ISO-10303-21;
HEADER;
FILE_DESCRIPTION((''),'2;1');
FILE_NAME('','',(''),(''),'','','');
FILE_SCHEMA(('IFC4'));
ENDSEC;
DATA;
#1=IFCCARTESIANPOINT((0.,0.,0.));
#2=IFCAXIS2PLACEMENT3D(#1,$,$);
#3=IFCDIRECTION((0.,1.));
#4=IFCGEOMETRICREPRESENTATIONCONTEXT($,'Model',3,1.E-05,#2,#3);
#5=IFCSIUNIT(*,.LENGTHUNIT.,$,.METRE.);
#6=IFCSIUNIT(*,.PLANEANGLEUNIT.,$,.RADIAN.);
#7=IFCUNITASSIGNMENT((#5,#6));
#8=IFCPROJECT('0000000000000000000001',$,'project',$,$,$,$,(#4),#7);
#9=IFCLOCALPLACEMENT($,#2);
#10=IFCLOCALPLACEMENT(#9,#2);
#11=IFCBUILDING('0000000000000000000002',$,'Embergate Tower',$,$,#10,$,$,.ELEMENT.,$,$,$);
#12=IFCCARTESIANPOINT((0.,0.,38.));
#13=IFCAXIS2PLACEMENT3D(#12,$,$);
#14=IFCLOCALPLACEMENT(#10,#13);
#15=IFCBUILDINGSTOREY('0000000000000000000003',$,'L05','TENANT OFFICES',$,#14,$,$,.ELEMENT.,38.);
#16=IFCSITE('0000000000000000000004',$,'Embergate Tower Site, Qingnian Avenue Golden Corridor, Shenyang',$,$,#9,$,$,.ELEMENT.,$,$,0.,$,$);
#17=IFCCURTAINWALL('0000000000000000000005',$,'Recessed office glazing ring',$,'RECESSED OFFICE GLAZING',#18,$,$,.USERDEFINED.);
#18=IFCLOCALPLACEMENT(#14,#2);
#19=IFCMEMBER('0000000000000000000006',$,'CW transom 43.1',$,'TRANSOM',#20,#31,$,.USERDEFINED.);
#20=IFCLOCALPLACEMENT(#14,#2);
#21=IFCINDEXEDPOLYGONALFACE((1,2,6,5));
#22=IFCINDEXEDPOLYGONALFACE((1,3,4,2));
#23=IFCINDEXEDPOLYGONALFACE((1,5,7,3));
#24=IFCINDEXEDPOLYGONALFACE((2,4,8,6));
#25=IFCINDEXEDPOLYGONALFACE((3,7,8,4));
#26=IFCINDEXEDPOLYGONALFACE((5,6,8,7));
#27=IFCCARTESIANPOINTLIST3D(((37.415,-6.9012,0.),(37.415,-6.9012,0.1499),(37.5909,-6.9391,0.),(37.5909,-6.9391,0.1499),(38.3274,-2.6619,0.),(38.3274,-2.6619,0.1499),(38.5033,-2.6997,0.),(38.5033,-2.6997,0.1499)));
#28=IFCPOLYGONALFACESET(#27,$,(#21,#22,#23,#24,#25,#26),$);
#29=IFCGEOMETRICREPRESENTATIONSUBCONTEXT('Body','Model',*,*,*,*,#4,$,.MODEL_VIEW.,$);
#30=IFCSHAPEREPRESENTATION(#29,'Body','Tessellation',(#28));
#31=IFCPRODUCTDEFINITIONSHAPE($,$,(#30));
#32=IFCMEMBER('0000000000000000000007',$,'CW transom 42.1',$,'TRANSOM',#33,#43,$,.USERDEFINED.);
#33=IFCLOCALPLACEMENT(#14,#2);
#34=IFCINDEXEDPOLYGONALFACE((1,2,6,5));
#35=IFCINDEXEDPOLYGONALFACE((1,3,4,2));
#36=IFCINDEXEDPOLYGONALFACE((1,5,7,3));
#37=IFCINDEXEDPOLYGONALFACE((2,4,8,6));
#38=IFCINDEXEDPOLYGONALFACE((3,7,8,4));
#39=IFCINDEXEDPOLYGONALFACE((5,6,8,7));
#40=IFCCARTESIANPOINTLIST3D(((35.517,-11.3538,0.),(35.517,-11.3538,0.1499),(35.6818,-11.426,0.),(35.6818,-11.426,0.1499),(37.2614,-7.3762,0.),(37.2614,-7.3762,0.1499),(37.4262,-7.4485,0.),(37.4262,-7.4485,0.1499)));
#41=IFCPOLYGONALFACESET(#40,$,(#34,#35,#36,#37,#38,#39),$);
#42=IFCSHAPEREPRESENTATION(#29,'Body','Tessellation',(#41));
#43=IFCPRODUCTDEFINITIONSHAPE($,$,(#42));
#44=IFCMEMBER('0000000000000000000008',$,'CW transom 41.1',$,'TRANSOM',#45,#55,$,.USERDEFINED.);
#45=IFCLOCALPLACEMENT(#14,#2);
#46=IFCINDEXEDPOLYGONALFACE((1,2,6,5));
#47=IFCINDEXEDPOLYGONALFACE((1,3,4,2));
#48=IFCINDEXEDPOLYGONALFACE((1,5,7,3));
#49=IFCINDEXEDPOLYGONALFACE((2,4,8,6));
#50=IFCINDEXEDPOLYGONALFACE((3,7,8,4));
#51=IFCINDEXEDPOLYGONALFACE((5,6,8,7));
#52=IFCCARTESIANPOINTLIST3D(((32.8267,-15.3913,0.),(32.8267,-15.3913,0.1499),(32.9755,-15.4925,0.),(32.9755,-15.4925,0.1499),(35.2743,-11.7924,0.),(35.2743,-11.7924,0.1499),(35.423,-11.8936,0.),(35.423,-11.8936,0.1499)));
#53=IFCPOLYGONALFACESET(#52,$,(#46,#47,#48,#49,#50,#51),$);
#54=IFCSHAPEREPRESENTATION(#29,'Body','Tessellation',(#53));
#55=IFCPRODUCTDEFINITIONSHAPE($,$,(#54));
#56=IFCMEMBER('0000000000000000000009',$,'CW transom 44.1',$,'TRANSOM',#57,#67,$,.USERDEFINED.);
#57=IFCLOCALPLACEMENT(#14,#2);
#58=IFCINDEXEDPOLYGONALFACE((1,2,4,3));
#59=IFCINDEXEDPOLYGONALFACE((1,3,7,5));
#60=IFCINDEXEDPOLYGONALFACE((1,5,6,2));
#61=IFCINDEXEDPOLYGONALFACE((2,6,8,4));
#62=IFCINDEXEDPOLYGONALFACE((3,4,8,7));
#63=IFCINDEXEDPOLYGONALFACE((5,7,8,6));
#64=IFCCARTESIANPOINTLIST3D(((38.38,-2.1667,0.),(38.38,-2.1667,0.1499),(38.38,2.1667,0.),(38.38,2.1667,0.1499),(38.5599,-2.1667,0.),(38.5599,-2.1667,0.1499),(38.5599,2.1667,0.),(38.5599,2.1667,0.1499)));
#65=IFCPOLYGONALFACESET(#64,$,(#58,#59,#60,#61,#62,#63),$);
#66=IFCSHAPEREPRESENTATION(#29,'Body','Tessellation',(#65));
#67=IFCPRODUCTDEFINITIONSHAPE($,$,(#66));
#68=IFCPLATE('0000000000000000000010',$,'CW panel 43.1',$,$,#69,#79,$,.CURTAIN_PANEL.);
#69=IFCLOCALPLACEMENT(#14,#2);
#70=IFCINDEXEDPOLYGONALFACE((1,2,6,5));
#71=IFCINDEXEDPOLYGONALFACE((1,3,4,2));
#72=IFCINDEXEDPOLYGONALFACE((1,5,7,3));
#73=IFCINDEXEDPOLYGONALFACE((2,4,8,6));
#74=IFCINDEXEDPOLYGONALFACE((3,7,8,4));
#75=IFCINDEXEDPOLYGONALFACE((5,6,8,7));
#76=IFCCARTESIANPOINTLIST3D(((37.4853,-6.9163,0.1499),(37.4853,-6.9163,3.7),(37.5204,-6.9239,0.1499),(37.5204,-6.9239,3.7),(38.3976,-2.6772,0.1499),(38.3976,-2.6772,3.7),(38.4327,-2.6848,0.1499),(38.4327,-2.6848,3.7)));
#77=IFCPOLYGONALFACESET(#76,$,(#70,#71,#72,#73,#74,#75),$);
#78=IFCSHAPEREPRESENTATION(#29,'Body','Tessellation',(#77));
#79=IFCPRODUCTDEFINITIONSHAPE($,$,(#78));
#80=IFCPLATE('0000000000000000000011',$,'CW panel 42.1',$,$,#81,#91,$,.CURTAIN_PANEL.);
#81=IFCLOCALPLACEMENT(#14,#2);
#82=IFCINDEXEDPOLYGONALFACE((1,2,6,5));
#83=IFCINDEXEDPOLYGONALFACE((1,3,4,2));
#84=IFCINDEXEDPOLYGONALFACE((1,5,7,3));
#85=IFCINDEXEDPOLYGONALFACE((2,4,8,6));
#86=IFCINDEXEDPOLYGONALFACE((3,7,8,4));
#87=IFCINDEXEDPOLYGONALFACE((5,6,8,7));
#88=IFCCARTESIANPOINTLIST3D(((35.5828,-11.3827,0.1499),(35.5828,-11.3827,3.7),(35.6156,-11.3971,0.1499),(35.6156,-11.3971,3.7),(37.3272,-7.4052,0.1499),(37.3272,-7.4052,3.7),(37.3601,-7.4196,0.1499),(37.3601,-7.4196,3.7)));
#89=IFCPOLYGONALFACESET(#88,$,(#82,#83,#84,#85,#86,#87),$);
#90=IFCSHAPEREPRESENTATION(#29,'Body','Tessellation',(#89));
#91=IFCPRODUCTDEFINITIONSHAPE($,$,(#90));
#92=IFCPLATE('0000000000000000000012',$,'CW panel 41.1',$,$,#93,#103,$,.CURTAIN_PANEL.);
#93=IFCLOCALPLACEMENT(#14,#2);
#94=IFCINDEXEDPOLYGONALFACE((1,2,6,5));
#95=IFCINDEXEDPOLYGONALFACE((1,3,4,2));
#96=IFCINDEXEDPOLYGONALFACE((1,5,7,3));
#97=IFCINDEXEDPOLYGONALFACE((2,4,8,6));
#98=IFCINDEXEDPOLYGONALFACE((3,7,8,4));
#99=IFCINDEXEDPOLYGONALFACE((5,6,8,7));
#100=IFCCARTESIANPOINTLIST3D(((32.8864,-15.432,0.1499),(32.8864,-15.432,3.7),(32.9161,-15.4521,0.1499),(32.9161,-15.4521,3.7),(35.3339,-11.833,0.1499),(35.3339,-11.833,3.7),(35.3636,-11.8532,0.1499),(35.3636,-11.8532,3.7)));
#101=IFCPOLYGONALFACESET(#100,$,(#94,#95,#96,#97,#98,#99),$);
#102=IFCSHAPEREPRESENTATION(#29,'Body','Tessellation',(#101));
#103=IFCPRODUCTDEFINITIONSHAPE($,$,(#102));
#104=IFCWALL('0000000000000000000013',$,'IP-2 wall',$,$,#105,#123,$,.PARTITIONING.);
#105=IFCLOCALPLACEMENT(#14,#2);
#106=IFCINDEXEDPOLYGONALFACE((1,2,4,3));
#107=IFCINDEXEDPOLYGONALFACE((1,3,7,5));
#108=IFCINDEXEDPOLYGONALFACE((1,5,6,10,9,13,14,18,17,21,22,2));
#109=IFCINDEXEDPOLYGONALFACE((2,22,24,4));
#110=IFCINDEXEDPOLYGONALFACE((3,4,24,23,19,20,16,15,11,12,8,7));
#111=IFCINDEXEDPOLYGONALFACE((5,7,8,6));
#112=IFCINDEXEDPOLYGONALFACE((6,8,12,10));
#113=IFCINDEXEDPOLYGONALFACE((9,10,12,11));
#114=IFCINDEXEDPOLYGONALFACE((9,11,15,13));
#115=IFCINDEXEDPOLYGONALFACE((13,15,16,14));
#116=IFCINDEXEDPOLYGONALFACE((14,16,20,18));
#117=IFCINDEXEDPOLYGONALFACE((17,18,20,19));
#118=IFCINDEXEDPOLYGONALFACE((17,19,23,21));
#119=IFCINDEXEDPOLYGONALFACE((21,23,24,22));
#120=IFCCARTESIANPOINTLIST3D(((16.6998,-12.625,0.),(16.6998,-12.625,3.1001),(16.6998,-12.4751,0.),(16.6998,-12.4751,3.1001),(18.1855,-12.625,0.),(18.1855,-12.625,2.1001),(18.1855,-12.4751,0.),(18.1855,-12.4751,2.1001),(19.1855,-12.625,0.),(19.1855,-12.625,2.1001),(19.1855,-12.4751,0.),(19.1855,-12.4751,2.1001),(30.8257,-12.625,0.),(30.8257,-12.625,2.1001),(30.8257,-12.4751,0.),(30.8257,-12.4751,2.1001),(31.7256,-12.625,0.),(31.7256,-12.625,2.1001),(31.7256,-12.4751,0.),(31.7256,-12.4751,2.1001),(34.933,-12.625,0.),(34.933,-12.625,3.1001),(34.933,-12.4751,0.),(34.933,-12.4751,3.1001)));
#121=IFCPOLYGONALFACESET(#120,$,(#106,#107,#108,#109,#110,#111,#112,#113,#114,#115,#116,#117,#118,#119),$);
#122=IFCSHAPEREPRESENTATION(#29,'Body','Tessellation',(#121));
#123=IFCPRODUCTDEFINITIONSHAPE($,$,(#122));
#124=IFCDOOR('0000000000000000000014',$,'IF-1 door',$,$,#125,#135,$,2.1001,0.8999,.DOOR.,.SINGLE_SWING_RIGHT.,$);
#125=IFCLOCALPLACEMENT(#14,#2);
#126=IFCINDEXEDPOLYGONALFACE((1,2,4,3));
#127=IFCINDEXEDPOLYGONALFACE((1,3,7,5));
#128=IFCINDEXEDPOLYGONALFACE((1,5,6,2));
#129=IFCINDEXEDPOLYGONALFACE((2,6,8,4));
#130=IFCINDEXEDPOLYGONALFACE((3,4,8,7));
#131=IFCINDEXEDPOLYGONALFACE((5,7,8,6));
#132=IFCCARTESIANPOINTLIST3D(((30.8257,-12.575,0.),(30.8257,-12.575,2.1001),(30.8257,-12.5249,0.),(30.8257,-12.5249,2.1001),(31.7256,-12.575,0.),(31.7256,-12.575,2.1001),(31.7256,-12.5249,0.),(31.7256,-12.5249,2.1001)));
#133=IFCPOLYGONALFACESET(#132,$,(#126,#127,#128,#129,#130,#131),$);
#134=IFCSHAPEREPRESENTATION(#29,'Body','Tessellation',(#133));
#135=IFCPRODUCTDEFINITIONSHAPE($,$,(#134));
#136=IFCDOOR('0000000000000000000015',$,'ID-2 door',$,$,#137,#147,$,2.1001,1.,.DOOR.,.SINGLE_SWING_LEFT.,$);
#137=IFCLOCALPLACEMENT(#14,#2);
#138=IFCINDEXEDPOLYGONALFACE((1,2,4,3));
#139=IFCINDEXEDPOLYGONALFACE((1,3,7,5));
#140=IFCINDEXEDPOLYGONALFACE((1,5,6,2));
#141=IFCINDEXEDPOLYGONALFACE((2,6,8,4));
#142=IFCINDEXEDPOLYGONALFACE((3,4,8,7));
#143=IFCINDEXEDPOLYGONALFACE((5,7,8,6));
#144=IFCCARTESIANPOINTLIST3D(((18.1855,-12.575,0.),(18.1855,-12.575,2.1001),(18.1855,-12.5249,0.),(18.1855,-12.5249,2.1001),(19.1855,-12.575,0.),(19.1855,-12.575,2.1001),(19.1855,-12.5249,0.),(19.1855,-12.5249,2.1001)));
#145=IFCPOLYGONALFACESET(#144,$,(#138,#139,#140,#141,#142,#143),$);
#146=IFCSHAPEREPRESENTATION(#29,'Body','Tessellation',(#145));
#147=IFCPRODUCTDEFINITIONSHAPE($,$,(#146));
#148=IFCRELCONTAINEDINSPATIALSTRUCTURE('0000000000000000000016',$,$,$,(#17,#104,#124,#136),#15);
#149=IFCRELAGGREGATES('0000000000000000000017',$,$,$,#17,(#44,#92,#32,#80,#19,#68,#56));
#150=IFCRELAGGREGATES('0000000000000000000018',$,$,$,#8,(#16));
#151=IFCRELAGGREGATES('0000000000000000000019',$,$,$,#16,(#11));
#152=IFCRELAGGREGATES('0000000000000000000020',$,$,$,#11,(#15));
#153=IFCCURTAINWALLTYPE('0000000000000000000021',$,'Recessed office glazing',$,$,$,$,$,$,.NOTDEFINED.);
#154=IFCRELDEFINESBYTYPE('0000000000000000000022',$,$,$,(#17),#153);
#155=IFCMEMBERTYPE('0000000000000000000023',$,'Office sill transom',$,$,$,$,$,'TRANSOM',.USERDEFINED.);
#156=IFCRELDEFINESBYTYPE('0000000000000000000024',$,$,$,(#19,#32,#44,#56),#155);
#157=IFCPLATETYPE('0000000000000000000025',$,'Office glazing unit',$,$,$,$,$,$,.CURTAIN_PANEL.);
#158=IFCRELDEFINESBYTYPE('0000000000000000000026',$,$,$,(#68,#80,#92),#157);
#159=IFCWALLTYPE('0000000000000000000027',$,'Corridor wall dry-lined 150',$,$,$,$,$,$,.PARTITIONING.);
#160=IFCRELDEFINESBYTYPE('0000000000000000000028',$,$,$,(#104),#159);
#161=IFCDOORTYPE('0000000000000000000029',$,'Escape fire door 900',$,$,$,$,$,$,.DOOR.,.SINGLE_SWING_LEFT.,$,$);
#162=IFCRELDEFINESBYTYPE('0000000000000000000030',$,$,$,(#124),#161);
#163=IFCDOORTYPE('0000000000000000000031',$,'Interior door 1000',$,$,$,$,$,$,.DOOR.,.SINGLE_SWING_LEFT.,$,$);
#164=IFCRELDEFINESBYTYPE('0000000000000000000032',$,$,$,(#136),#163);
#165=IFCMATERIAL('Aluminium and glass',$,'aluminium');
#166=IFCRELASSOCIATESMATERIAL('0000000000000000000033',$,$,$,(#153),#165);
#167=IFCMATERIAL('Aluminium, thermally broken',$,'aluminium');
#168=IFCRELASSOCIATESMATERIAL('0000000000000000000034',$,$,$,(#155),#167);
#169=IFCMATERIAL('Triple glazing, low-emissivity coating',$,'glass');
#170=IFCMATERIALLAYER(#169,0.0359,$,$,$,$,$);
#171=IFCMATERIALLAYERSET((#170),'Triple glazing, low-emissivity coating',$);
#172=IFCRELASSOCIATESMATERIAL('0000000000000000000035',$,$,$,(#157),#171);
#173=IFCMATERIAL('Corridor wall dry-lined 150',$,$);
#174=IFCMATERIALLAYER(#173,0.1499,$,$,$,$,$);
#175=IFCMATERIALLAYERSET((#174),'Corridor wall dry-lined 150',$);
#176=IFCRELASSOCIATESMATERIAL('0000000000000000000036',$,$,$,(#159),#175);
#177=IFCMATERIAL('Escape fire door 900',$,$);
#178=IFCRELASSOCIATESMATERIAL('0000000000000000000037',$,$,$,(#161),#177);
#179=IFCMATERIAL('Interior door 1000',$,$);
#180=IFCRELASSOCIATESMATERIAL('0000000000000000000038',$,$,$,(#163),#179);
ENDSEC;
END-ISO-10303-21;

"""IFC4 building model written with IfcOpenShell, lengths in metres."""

from ifc_helpers import new_model, si_unit, direction, frame, frame_2d, origin, origin_2d, place, context, subcontext, project, spatial, rectangle, extrude, source, transform, mapped, material, layer, layer_set, material_profile, profile_set, type_object, element, fill, aggregate, save


model = new_model("IFC4")

# Units and contexts
model_context = context("Model", 3, precision=1e-05, world=origin(), true_north=direction((0.0, 1.0)))
body_context = subcontext(model_context, "Body", "Model", "MODEL_VIEW")
ifc_project = project(units=[si_unit("LENGTHUNIT", "METRE"), si_unit("PLANEANGLEUNIT", "RADIAN")], contexts=[model_context])

# Site, building, storey
site_placement = place(None, origin())
site = spatial("IfcSite", under=ifc_project, at=site_placement, Name="Embergate Tower Site, Qingnian Avenue Golden Corridor, Shenyang", CompositionType="ELEMENT", RefElevation=0.0)
building_placement = place(site_placement, origin())
building = spatial("IfcBuilding", under=site, at=building_placement, Name="Embergate Tower", CompositionType="ELEMENT")
storey_placement = place(building_placement, frame((0.0, 0.0, 38.0)))
storey = spatial("IfcBuildingStorey", under=building, at=storey_placement, Name="L05", Description="TENANT OFFICES", CompositionType="ELEMENT", Elevation=38.0)

# Curtain wall, members, plates
ifc_material_1 = material(Name="Aluminium and glass", Category="aluminium")
curtain_wall_type = type_object("IfcCurtainWallType", Name="Recessed office glazing", PredefinedType="NOTDEFINED", material=ifc_material_1)
curtain_wall_placement = place(storey_placement, origin())
curtain_wall = element("IfcCurtainWall", 1, at=curtain_wall_placement, inside=storey, type_object=curtain_wall_type, Name="Recessed office glazing ring", ObjectType="RECESSED OFFICE GLAZING", PredefinedType="USERDEFINED")
ifc_material_2 = material(Name="Aluminium, thermally broken", Category="aluminium")
ifc_material_profile_1 = material_profile(ifc_material_2, rectangle(XDim=0.1799, YDim=0.1499, at=origin_2d()), Name="AL 150x180")
ifc_profile_set_1 = profile_set([ifc_material_profile_1], Name="Aluminium, thermally broken")
member_type_1 = type_object("IfcMemberType", Name="Office sill transom", ElementType="TRANSOM", PredefinedType="USERDEFINED", material=ifc_profile_set_1)
shared_shape_1 = source(origin(), body_context, "Body", "SweptSolid", [
    extrude(rectangle(XDim=0.1799, YDim=0.1499, at=origin_2d()), origin(), (0.0, 0.0, 1.0), 4.3364),
])
member_1_placement = place(storey_placement, frame((37.5029, -6.9202, 0.075), z_axis=(0.210398, 0.977616, 0.0), x_axis=(-0.977616, 0.210398, 0.0)))
member_1 = element("IfcMember", 2, at=member_1_placement, type_object=member_type_1, Name="CW transom 43.1", ObjectType="TRANSOM", PredefinedType="USERDEFINED", context=body_context, shape_type="MappedRepresentation", body=[
    mapped(shared_shape_1, transform((0.0, 0.0, 0.0))),
])
shared_shape_2 = source(origin(), body_context, "Body", "SweptSolid", [
    extrude(rectangle(XDim=0.1799, YDim=0.1499, at=origin_2d()), origin(), (0.0, 0.0, 1.0), 4.3433),
])
member_2_placement = place(storey_placement, frame((35.5994, -11.3899, 0.075), z_axis=(0.401633, 0.915801, 0.0), x_axis=(-0.915801, 0.401633, 0.0)))
member_2 = element("IfcMember", 3, at=member_2_placement, type_object=member_type_1, Name="CW transom 42.1", ObjectType="TRANSOM", PredefinedType="USERDEFINED", context=body_context, shape_type="MappedRepresentation", body=[
    mapped(shared_shape_2, transform((0.0, 0.0, 0.0))),
])
shared_shape_3 = source(origin(), body_context, "Body", "SweptSolid", [
    extrude(rectangle(XDim=0.1799, YDim=0.1499, at=origin_2d()), origin(), (0.0, 0.0, 1.0), 4.3523),
])
member_3_placement = place(storey_placement, frame((32.9011, -15.4419, 0.075), z_axis=(0.562353, 0.826897, 0.0), x_axis=(-0.826897, 0.562353, 0.0)))
member_3 = element("IfcMember", 4, at=member_3_placement, type_object=member_type_1, Name="CW transom 41.1", ObjectType="TRANSOM", PredefinedType="USERDEFINED", context=body_context, shape_type="MappedRepresentation", body=[
    mapped(shared_shape_3, transform((0.0, 0.0, 0.0))),
])
shared_shape_4 = source(origin(), body_context, "Body", "SweptSolid", [
    extrude(rectangle(XDim=0.1799, YDim=0.1499, at=origin_2d()), origin(), (0.0, 0.0, 1.0), 4.3335),
])
member_4_placement = place(storey_placement, frame((38.47, -2.1667, 0.075), z_axis=(0.0, 1.0, 0.0), x_axis=(-1.0, 0.0, 0.0)))
member_4 = element("IfcMember", 5, at=member_4_placement, type_object=member_type_1, Name="CW transom 44.1", ObjectType="TRANSOM", PredefinedType="USERDEFINED", context=body_context, shape_type="MappedRepresentation", body=[
    mapped(shared_shape_4, transform((0.0, 0.0, 0.0))),
])
ifc_material_3 = material(Name="Triple glazing, low-emissivity coating", Category="glass")
ifc_layer_1 = layer(ifc_material_3, 0.0359)
ifc_layer_set_1 = layer_set([ifc_layer_1], Name="Triple glazing, low-emissivity coating")
plate_type = type_object("IfcPlateType", Name="Office glazing unit", PredefinedType="CURTAIN_PANEL", material=ifc_layer_set_1)
shared_shape_5 = source(origin(), body_context, "Body", "SweptSolid", [
    extrude(rectangle(XDim=4.3362, YDim=0.0359, at=origin_2d()), origin(), (0.0, 0.0, 1.0), 3.55),
])
plate_1_placement = place(storey_placement, frame((37.959, -4.8005, 0.1499), z_axis=(0.0, 0.0, 1.0), x_axis=(0.210398, 0.977616, 0.0)))
plate_1 = element("IfcPlate", 6, at=plate_1_placement, type_object=plate_type, Name="CW panel 43.1", PredefinedType="CURTAIN_PANEL", context=body_context, shape_type="MappedRepresentation", body=[
    mapped(shared_shape_5, transform((0.0, 0.0, 0.0))),
])
shared_shape_6 = source(origin(), body_context, "Body", "SweptSolid", [
    extrude(rectangle(XDim=4.3433, YDim=0.0359, at=origin_2d()), origin(), (0.0, 0.0, 1.0), 3.55),
])
plate_2_placement = place(storey_placement, frame((36.4714, -9.4011, 0.1499), z_axis=(0.0, 0.0, 1.0), x_axis=(0.401654, 0.915792, 0.0)))
plate_2 = element("IfcPlate", 7, at=plate_2_placement, type_object=plate_type, Name="CW panel 42.1", PredefinedType="CURTAIN_PANEL", context=body_context, shape_type="MappedRepresentation", body=[
    mapped(shared_shape_6, transform((0.0, 0.0, 0.0))),
])
shared_shape_7 = source(origin(), body_context, "Body", "SweptSolid", [
    extrude(rectangle(XDim=4.3523, YDim=0.0359, at=origin_2d()), origin(), (0.0, 0.0, 1.0), 3.55),
])
plate_3_placement = place(storey_placement, frame((34.125, -13.6426, 0.1499), z_axis=(0.0, 0.0, 1.0), x_axis=(0.562345, 0.826903, 0.0)))
plate_3 = element("IfcPlate", 8, at=plate_3_placement, type_object=plate_type, Name="CW panel 41.1", PredefinedType="CURTAIN_PANEL", context=body_context, shape_type="MappedRepresentation", body=[
    mapped(shared_shape_7, transform((0.0, 0.0, 0.0))),
])
aggregate(curtain_wall, [member_3, plate_3, member_2, plate_2, member_1, plate_1, member_4])

# Wall, openings, doors
ifc_material_4 = material(Name="Corridor wall dry-lined 150")
ifc_layer_2 = layer(ifc_material_4, 0.1499)
ifc_layer_set_2 = layer_set([ifc_layer_2], Name="Corridor wall dry-lined 150")
wall_type_1 = type_object("IfcWallType", Name="Corridor wall dry-lined 150", PredefinedType="PARTITIONING", material=ifc_layer_set_2)
shared_shape_8 = source(origin(), body_context, "Body", "SweptSolid", [
    extrude(rectangle(XDim=18.2332, YDim=0.1499, at=frame_2d((9.1167, 0.0))), origin(), (0.0, 0.0, 1.0), 3.1001),
])
wall_1_placement = place(storey_placement, frame((34.9331, -12.55, 0.0), z_axis=(0.0, 0.0, 1.0), x_axis=(-1.0, 0.0, 0.0)))
wall_1 = element("IfcWall", 9, at=wall_1_placement, inside=storey, type_object=wall_type_1, Name="IP-2 wall", PredefinedType="PARTITIONING", context=body_context, shape_type="MappedRepresentation", body=[
    mapped(shared_shape_8, transform((0.0, 0.0, 0.0))),
])
shared_shape_9 = source(origin(), body_context, "Body", "SweptSolid", [
    extrude(rectangle(XDim=1.0, YDim=2.1001, at=frame_2d((0.5, 1.05))), frame((0.0, 0.085, 0.0), z_axis=(0.0, -1.0, 0.0), x_axis=(1.0, 0.0, 0.0)), (0.0, 0.0, 1.0), 0.1699),
])
opening_1_placement = place(wall_1_placement, frame((15.7476, 0.0, 0.0)))
opening_1 = element("IfcOpeningElement", 10, at=opening_1_placement, cuts=wall_1, PredefinedType="OPENING", context=body_context, shape_type="MappedRepresentation", body=[
    mapped(shared_shape_9, transform((0.0, 0.0, 0.0))),
])
shared_shape_10 = source(origin(), body_context, "Body", "SweptSolid", [
    extrude(rectangle(XDim=0.8999, YDim=2.1001, at=frame_2d((0.45, 1.05))), frame((0.0, 0.085, 0.0), z_axis=(0.0, -1.0, 0.0), x_axis=(1.0, 0.0, 0.0)), (0.0, 0.0, 1.0), 0.1699),
])
opening_2_placement = place(wall_1_placement, frame((3.2075, 0.0, 0.0)))
opening_2 = element("IfcOpeningElement", 11, at=opening_2_placement, cuts=wall_1, PredefinedType="OPENING", context=body_context, shape_type="MappedRepresentation", body=[
    mapped(shared_shape_10, transform((0.0, 0.0, 0.0))),
])
ifc_material_5 = material(Name="Escape fire door 900")
door_type_1 = type_object("IfcDoorType", Name="Escape fire door 900", OperationType="SINGLE_SWING_LEFT", PredefinedType="DOOR", material=ifc_material_5)
shared_shape_11 = source(origin(), body_context, "Body", "SweptSolid", [
    extrude(rectangle(XDim=0.8999, YDim=2.1001, at=frame_2d((0.45, 1.05))), frame((0.0, 0.0249, 0.0), z_axis=(0.0, -1.0, 0.0), x_axis=(1.0, 0.0, 0.0)), (0.0, 0.0, 1.0), 0.05),
])
door_1_placement = place(opening_2_placement, origin())
door_1 = element("IfcDoor", 12, at=door_1_placement, inside=storey, type_object=door_type_1, Name="IF-1 door", OperationType="SINGLE_SWING_RIGHT", OverallHeight=2.1001, OverallWidth=0.8999, PredefinedType="DOOR", context=body_context, shape_type="MappedRepresentation", body=[
    mapped(shared_shape_11, transform((0.0, 0.0, 0.0))),
])
fill(opening_2, door_1)
ifc_material_6 = material(Name="Interior door 1000")
door_type_2 = type_object("IfcDoorType", Name="Interior door 1000", OperationType="SINGLE_SWING_LEFT", PredefinedType="DOOR", material=ifc_material_6)
shared_shape_12 = source(origin(), body_context, "Body", "SweptSolid", [
    extrude(rectangle(XDim=1.0, YDim=2.1001, at=frame_2d((0.5, 1.05))), frame((0.0, 0.0249, 0.0), z_axis=(0.0, -1.0, 0.0), x_axis=(1.0, 0.0, 0.0)), (0.0, 0.0, 1.0), 0.05),
])
door_2_placement = place(opening_1_placement, origin())
door_2 = element("IfcDoor", 13, at=door_2_placement, inside=storey, type_object=door_type_2, Name="ID-2 door", OperationType="SINGLE_SWING_LEFT", OverallHeight=2.1001, OverallWidth=1.0, PredefinedType="DOOR", context=body_context, shape_type="MappedRepresentation", body=[
    mapped(shared_shape_12, transform((0.0, 0.0, 0.0))),
])
fill(opening_1, door_2)

save(model, "model.ifc")
